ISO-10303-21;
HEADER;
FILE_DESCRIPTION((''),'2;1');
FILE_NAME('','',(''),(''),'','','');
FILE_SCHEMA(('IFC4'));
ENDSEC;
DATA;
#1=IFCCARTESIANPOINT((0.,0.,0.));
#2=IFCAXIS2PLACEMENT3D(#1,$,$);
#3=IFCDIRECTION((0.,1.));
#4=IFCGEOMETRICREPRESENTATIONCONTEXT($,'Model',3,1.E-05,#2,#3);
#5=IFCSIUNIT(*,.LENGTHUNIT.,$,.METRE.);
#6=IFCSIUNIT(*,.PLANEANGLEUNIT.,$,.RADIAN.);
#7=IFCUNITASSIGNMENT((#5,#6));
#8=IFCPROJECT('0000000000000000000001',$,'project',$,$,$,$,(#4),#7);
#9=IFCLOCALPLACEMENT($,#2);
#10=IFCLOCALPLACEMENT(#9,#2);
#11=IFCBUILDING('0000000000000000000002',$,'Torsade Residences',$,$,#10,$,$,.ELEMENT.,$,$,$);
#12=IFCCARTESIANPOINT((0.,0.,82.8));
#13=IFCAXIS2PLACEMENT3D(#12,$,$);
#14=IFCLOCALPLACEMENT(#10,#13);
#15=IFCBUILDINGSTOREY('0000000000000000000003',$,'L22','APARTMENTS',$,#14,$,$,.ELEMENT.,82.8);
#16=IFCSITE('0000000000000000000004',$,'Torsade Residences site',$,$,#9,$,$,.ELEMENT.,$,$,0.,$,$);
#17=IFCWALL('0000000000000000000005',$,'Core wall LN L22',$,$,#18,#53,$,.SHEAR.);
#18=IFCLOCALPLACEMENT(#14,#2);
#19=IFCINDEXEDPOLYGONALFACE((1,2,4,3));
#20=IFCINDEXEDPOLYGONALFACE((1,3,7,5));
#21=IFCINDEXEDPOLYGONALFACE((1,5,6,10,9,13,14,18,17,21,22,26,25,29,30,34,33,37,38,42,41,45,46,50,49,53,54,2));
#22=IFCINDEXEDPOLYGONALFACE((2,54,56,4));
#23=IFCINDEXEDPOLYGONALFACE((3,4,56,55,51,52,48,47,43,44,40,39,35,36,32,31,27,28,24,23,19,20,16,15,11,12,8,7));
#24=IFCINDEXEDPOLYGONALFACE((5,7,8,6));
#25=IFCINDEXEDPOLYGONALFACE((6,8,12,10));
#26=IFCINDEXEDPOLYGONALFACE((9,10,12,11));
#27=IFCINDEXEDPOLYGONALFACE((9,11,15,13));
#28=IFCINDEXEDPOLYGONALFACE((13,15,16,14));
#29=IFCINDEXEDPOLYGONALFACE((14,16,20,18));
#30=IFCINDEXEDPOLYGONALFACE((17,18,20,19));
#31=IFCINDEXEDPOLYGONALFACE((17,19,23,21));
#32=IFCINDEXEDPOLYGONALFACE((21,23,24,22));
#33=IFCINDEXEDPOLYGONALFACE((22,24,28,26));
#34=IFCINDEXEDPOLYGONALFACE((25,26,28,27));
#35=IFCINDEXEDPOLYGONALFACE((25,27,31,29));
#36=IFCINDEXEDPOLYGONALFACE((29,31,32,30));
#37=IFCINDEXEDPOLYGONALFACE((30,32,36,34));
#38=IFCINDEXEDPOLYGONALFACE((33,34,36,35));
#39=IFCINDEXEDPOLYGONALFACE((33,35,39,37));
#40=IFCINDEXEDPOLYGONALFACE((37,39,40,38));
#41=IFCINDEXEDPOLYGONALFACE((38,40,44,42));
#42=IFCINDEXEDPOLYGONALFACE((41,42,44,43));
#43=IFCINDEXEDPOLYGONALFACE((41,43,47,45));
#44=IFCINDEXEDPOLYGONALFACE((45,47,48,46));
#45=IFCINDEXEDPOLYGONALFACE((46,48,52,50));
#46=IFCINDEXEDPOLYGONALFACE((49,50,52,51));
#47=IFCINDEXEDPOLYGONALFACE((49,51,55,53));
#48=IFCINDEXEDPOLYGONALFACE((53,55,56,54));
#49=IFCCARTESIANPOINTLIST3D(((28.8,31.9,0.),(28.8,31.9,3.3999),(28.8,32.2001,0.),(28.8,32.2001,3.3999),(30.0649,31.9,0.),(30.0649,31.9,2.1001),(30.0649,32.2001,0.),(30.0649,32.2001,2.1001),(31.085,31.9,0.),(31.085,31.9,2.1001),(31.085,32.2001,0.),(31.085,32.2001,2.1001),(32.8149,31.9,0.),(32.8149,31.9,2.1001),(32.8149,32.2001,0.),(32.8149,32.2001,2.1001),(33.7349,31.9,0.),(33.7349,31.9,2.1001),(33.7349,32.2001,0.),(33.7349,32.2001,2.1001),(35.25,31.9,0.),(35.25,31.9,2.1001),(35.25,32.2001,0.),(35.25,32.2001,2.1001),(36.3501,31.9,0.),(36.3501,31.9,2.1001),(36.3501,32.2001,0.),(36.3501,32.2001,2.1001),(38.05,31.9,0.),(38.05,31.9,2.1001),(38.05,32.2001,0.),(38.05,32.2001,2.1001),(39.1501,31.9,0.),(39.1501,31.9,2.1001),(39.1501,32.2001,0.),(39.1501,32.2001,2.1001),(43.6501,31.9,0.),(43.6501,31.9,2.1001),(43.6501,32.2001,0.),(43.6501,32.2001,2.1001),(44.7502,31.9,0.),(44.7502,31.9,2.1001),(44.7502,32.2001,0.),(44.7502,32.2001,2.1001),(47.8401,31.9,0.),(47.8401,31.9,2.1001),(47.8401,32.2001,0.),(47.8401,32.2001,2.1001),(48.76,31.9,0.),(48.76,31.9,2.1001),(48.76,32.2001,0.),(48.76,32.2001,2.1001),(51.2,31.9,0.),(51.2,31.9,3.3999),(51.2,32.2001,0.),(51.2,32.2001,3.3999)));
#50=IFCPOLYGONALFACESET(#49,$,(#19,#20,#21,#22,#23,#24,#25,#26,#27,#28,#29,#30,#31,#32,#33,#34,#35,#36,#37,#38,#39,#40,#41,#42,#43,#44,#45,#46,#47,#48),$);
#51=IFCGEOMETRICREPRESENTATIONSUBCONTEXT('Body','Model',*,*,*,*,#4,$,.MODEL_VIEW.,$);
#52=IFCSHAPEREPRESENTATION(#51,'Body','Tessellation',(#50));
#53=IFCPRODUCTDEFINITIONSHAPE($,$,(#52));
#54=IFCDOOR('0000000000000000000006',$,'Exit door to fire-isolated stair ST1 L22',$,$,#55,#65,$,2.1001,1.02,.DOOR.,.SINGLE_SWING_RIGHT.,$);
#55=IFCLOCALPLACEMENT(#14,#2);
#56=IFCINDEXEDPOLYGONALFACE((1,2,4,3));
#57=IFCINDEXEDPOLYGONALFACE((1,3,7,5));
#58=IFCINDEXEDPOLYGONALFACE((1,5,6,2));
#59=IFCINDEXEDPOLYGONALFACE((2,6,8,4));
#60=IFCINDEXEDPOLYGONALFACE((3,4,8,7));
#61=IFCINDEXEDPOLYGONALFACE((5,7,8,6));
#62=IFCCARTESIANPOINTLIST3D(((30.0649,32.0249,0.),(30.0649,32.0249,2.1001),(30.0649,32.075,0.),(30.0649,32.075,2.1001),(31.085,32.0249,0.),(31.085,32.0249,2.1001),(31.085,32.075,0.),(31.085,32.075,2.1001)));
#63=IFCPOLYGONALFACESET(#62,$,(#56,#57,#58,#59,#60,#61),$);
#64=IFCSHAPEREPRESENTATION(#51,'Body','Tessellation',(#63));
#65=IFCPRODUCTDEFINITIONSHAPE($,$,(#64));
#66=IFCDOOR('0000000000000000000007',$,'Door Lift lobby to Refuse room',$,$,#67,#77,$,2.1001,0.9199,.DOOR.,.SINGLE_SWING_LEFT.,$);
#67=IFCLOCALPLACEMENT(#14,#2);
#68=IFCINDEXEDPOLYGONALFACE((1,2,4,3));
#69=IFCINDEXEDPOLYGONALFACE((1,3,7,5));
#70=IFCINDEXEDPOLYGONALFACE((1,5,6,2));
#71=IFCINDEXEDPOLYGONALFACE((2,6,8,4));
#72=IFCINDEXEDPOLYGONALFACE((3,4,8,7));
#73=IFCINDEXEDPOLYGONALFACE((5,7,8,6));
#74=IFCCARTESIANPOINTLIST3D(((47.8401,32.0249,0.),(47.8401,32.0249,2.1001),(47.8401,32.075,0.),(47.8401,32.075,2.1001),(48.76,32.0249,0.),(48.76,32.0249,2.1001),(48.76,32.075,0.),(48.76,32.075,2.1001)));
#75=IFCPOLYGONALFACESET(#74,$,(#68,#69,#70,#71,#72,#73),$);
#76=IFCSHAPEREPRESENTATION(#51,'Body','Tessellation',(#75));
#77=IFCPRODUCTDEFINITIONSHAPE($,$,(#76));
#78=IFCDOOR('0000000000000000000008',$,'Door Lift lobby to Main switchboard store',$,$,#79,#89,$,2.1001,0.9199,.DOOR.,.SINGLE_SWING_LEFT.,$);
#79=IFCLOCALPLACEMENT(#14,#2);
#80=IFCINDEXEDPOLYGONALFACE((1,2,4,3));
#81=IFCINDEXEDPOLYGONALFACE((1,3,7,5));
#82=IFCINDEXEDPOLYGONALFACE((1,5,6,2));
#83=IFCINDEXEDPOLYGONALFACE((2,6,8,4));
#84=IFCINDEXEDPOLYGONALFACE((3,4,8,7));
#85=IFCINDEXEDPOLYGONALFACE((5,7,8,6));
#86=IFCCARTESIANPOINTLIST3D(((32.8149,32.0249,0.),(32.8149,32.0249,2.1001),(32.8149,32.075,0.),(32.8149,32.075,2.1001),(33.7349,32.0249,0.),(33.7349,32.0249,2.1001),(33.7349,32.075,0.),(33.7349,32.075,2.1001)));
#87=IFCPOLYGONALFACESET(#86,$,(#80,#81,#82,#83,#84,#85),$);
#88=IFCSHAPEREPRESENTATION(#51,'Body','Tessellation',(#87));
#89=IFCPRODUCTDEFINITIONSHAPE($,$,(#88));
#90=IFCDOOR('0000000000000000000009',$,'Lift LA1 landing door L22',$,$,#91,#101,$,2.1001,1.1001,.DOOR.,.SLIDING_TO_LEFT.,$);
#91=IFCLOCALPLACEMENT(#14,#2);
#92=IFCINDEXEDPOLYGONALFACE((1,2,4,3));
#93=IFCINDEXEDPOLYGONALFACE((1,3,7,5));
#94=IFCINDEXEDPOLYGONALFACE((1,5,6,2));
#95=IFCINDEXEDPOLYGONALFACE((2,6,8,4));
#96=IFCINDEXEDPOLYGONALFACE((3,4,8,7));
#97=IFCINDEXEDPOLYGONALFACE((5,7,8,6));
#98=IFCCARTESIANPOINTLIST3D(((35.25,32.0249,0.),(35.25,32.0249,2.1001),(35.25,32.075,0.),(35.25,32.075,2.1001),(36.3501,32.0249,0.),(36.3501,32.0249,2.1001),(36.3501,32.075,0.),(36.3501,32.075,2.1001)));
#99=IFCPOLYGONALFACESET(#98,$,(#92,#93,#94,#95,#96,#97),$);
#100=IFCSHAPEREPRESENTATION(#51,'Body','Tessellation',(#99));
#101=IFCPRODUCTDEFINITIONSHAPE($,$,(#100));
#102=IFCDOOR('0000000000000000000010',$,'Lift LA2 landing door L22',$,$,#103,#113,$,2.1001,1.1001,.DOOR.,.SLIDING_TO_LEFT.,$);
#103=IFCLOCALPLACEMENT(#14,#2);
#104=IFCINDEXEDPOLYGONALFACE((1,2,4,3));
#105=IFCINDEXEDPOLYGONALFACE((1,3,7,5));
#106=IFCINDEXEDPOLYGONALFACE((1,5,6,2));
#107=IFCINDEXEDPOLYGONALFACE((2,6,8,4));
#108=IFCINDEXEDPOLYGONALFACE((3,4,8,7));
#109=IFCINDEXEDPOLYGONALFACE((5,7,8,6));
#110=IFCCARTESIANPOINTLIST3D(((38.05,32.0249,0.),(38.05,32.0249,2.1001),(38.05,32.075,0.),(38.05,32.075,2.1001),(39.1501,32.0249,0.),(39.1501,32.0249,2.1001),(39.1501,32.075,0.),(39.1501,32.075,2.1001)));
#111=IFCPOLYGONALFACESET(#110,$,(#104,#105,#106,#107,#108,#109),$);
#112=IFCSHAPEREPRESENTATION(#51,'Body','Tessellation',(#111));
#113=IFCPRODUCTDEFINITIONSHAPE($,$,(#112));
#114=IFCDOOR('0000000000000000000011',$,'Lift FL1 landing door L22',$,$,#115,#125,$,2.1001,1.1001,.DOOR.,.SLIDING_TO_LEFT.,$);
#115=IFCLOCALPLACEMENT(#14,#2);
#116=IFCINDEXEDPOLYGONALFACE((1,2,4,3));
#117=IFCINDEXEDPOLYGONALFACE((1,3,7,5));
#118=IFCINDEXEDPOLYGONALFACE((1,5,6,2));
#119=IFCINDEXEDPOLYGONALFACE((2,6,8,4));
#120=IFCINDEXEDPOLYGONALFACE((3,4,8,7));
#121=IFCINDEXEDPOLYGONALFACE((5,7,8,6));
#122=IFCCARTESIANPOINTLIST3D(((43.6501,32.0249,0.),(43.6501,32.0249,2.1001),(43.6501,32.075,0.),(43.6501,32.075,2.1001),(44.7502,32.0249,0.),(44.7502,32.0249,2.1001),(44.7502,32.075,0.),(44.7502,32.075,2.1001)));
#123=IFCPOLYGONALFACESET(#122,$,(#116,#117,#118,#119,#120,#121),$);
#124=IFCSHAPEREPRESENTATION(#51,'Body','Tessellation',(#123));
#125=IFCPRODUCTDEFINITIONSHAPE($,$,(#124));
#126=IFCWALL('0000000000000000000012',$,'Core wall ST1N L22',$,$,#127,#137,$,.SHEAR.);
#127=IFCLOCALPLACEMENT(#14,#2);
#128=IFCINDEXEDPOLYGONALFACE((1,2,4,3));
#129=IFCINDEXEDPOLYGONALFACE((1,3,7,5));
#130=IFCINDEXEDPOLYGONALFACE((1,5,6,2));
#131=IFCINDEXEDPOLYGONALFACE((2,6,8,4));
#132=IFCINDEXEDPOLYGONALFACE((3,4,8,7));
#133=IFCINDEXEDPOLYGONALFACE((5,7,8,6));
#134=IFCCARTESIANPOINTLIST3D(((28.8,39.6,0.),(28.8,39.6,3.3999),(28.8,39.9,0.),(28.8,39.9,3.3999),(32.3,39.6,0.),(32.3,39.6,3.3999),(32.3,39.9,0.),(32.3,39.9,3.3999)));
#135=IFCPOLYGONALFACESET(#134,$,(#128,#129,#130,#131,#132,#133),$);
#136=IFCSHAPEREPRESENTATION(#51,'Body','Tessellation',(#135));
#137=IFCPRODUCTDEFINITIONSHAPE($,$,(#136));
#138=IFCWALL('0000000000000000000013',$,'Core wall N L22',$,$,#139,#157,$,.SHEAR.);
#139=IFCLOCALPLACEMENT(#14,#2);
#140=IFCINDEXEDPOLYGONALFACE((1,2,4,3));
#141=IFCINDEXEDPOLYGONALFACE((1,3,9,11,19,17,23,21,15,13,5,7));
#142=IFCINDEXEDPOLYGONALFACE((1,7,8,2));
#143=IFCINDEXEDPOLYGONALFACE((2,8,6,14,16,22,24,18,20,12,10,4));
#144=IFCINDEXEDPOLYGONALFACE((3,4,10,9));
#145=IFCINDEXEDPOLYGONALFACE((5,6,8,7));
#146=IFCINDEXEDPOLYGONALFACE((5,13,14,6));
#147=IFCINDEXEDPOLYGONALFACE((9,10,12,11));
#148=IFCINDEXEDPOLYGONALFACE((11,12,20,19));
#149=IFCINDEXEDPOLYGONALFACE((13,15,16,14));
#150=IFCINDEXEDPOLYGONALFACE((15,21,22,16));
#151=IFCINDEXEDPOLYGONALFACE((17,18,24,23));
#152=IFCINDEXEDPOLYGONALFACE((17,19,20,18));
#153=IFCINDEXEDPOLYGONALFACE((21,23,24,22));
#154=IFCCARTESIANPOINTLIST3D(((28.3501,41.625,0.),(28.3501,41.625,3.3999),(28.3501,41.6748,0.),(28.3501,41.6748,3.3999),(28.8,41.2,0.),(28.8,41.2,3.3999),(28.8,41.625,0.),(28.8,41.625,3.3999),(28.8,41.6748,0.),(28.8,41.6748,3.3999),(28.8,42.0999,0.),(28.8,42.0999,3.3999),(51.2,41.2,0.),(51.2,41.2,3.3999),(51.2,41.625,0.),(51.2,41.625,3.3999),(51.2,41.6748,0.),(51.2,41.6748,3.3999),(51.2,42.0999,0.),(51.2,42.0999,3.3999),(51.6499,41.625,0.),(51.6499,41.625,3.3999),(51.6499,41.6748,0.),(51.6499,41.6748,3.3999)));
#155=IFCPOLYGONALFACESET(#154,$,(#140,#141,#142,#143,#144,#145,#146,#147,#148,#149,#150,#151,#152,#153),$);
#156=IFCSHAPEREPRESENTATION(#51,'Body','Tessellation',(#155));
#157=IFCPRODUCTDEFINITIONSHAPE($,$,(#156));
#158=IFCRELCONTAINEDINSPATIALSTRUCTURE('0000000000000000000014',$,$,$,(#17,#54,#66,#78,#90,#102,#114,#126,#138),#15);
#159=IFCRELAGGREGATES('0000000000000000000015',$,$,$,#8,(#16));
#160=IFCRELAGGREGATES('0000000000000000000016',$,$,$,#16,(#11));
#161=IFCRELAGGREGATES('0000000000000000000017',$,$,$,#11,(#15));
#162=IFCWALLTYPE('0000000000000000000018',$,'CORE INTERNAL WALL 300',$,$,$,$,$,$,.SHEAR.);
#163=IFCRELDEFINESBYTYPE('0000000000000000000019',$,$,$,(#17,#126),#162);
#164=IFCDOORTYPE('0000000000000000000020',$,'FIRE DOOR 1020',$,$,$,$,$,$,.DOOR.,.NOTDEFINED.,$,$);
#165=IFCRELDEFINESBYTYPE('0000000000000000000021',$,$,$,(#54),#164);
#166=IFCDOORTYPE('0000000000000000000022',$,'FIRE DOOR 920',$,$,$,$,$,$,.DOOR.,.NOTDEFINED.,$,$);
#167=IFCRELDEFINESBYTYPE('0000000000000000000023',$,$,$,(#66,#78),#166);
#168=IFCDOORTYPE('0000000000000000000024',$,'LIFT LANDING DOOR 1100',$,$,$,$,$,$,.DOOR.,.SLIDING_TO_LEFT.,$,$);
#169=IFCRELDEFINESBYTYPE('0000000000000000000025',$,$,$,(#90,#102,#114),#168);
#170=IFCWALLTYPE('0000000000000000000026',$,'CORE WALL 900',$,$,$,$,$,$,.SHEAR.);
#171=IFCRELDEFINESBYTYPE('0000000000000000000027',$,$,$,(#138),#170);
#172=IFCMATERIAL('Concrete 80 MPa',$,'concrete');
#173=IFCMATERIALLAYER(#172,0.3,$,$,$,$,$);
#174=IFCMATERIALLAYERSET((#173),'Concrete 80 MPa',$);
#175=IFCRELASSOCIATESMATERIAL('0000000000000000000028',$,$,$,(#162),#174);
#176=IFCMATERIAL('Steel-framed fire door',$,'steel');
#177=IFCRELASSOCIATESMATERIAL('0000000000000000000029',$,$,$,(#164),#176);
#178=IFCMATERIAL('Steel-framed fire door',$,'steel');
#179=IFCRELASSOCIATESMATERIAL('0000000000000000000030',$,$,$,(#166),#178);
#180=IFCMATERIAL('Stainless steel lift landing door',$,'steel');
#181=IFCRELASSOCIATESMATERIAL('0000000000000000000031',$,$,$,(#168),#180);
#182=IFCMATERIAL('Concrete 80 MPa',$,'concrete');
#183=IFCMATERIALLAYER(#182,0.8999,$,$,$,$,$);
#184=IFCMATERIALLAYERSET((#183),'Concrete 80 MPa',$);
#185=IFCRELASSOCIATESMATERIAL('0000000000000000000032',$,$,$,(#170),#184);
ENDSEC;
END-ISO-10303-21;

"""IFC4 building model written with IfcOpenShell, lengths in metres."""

from ifc_helpers import new_model, si_unit, direction, frame, frame_2d, origin, place, context, subcontext, project, spatial, polyline, rectangle, outline, extrude, material, layer, layer_set, type_object, element, fill, save


model = new_model("IFC4")

# Units and contexts
model_context = context("Model", 3, precision=1e-05, world=origin(), true_north=direction((0.0, 1.0)))
body_context = subcontext(model_context, "Body", "Model", "MODEL_VIEW")
ifc_project = project(units=[si_unit("LENGTHUNIT", "METRE"), si_unit("PLANEANGLEUNIT", "RADIAN")], contexts=[model_context])

# Site, building, storey
site_placement = place(None, origin())
site = spatial("IfcSite", under=ifc_project, at=site_placement, Name="Torsade Residences site", CompositionType="ELEMENT", RefElevation=0.0)
building_placement = place(site_placement, origin())
building = spatial("IfcBuilding", under=site, at=building_placement, Name="Torsade Residences", CompositionType="ELEMENT")
storey_placement = place(building_placement, frame((0.0, 0.0, 82.8)))
storey = spatial("IfcBuildingStorey", under=building, at=storey_placement, Name="L22", Description="APARTMENTS", CompositionType="ELEMENT", Elevation=82.8)

# Wall, openings, doors
ifc_material_1 = material(Name="Concrete 80 MPa", Category="concrete")
ifc_layer_1 = layer(ifc_material_1, 0.3)
ifc_layer_set_1 = layer_set([ifc_layer_1], Name="Concrete 80 MPa")
wall_type_1 = type_object("IfcWallType", Name="CORE INTERNAL WALL 300", PredefinedType="SHEAR", material=ifc_layer_set_1)
wall_1_placement = place(storey_placement, frame((28.8, 32.05, 0.0), z_axis=(0.0, 0.0, 1.0), x_axis=(1.0, 0.0, 0.0)))
wall_1 = element("IfcWall", 1, at=wall_1_placement, inside=storey, type_object=wall_type_1, Name="Core wall LN L22", PredefinedType="SHEAR", context=body_context, shape_type="SweptSolid", body=[
    extrude(rectangle(XDim=22.3999, YDim=0.3, at=frame_2d((11.2, 0.0))), origin(), (0.0, 0.0, 1.0), 3.3999),
])
opening_1_placement = place(wall_1_placement, frame((19.04, 0.0, 0.0)))
opening_1 = element("IfcOpeningElement", 2, at=opening_1_placement, cuts=wall_1, PredefinedType="OPENING", context=body_context, shape_type="SweptSolid", body=[
    extrude(rectangle(XDim=0.9199, YDim=2.1001, at=frame_2d((0.46, 1.05))), frame((0.0, 0.1599, 0.0), z_axis=(0.0, -1.0, 0.0), x_axis=(1.0, 0.0, 0.0)), (0.0, 0.0, 1.0), 0.3201),
])
opening_2_placement = place(wall_1_placement, frame((1.2649, 0.0, 0.0)))
opening_2 = element("IfcOpeningElement", 3, at=opening_2_placement, cuts=wall_1, PredefinedType="OPENING", context=body_context, shape_type="SweptSolid", body=[
    extrude(rectangle(XDim=1.02, YDim=2.1001, at=frame_2d((0.51, 1.05))), frame((0.0, 0.1599, 0.0), z_axis=(0.0, -1.0, 0.0), x_axis=(1.0, 0.0, 0.0)), (0.0, 0.0, 1.0), 0.3201),
])
opening_3_placement = place(wall_1_placement, frame((4.0149, 0.0, 0.0)))
opening_3 = element("IfcOpeningElement", 4, at=opening_3_placement, cuts=wall_1, PredefinedType="OPENING", context=body_context, shape_type="SweptSolid", body=[
    extrude(rectangle(XDim=0.9199, YDim=2.1001, at=frame_2d((0.46, 1.05))), frame((0.0, 0.1599, 0.0), z_axis=(0.0, -1.0, 0.0), x_axis=(1.0, 0.0, 0.0)), (0.0, 0.0, 1.0), 0.3201),
])
opening_4_placement = place(wall_1_placement, frame((6.45, 0.0, 0.0)))
opening_4 = element("IfcOpeningElement", 5, at=opening_4_placement, cuts=wall_1, PredefinedType="OPENING", context=body_context, shape_type="SweptSolid", body=[
    extrude(rectangle(XDim=1.1001, YDim=2.1001, at=frame_2d((0.55, 1.05))), frame((0.0, 0.1599, 0.0), z_axis=(0.0, -1.0, 0.0), x_axis=(1.0, 0.0, 0.0)), (0.0, 0.0, 1.0), 0.3201),
])
opening_5_placement = place(wall_1_placement, frame((9.25, 0.0, 0.0)))
opening_5 = element("IfcOpeningElement", 6, at=opening_5_placement, cuts=wall_1, PredefinedType="OPENING", context=body_context, shape_type="SweptSolid", body=[
    extrude(rectangle(XDim=1.1001, YDim=2.1001, at=frame_2d((0.55, 1.05))), frame((0.0, 0.1599, 0.0), z_axis=(0.0, -1.0, 0.0), x_axis=(1.0, 0.0, 0.0)), (0.0, 0.0, 1.0), 0.3201),
])
opening_6_placement = place(wall_1_placement, frame((14.8501, 0.0, 0.0)))
opening_6 = element("IfcOpeningElement", 7, at=opening_6_placement, cuts=wall_1, PredefinedType="OPENING", context=body_context, shape_type="SweptSolid", body=[
    extrude(rectangle(XDim=1.1001, YDim=2.1001, at=frame_2d((0.55, 1.05))), frame((0.0, 0.1599, 0.0), z_axis=(0.0, -1.0, 0.0), x_axis=(1.0, 0.0, 0.0)), (0.0, 0.0, 1.0), 0.3201),
])
ifc_material_2 = material(Name="Steel-framed fire door", Category="steel")
door_type_1 = type_object("IfcDoorType", Name="FIRE DOOR 1020", OperationType="NOTDEFINED", PredefinedType="DOOR", material=ifc_material_2)
door_1_placement = place(opening_2_placement, origin())
door_1 = element("IfcDoor", 8, at=door_1_placement, inside=storey, type_object=door_type_1, Name="Exit door to fire-isolated stair ST1 L22", OperationType="SINGLE_SWING_RIGHT", OverallHeight=2.1001, OverallWidth=1.02, PredefinedType="DOOR", context=body_context, shape_type="SweptSolid", body=[
    extrude(rectangle(XDim=1.02, YDim=2.1001, at=frame_2d((0.51, 1.05))), frame((0.0, 0.0249, 0.0), z_axis=(0.0, -1.0, 0.0), x_axis=(1.0, 0.0, 0.0)), (0.0, 0.0, 1.0), 0.05),
])
fill(opening_2, door_1)
ifc_material_3 = material(Name="Steel-framed fire door", Category="steel")
door_type_2 = type_object("IfcDoorType", Name="FIRE DOOR 920", OperationType="NOTDEFINED", PredefinedType="DOOR", material=ifc_material_3)
door_2_placement = place(opening_1_placement, origin())
door_2 = element("IfcDoor", 9, at=door_2_placement, inside=storey, type_object=door_type_2, Name="Door Lift lobby to Refuse room", OperationType="SINGLE_SWING_LEFT", OverallHeight=2.1001, OverallWidth=0.9199, PredefinedType="DOOR", context=body_context, shape_type="SweptSolid", body=[
    extrude(rectangle(XDim=0.9199, YDim=2.1001, at=frame_2d((0.46, 1.05))), frame((0.0, 0.0249, 0.0), z_axis=(0.0, -1.0, 0.0), x_axis=(1.0, 0.0, 0.0)), (0.0, 0.0, 1.0), 0.05),
])
fill(opening_1, door_2)
door_3_placement = place(opening_3_placement, origin())
door_3 = element("IfcDoor", 10, at=door_3_placement, inside=storey, type_object=door_type_2, Name="Door Lift lobby to Main switchboard store", OperationType="SINGLE_SWING_LEFT", OverallHeight=2.1001, OverallWidth=0.9199, PredefinedType="DOOR", context=body_context, shape_type="SweptSolid", body=[
    extrude(rectangle(XDim=0.9199, YDim=2.1001, at=frame_2d((0.46, 1.05))), frame((0.0, 0.0249, 0.0), z_axis=(0.0, -1.0, 0.0), x_axis=(1.0, 0.0, 0.0)), (0.0, 0.0, 1.0), 0.05),
])
fill(opening_3, door_3)
ifc_material_4 = material(Name="Stainless steel lift landing door", Category="steel")
door_type_3 = type_object("IfcDoorType", Name="LIFT LANDING DOOR 1100", OperationType="SLIDING_TO_LEFT", PredefinedType="DOOR", material=ifc_material_4)
door_4_placement = place(opening_4_placement, origin())
door_4 = element("IfcDoor", 11, at=door_4_placement, inside=storey, type_object=door_type_3, Name="Lift LA1 landing door L22", OperationType="SLIDING_TO_LEFT", OverallHeight=2.1001, OverallWidth=1.1001, PredefinedType="DOOR", context=body_context, shape_type="SweptSolid", body=[
    extrude(rectangle(XDim=1.1001, YDim=2.1001, at=frame_2d((0.55, 1.05))), frame((0.0, 0.0249, 0.0), z_axis=(0.0, -1.0, 0.0), x_axis=(1.0, 0.0, 0.0)), (0.0, 0.0, 1.0), 0.05),
])
fill(opening_4, door_4)
door_5_placement = place(opening_5_placement, origin())
door_5 = element("IfcDoor", 12, at=door_5_placement, inside=storey, type_object=door_type_3, Name="Lift LA2 landing door L22", OperationType="SLIDING_TO_LEFT", OverallHeight=2.1001, OverallWidth=1.1001, PredefinedType="DOOR", context=body_context, shape_type="SweptSolid", body=[
    extrude(rectangle(XDim=1.1001, YDim=2.1001, at=frame_2d((0.55, 1.05))), frame((0.0, 0.0249, 0.0), z_axis=(0.0, -1.0, 0.0), x_axis=(1.0, 0.0, 0.0)), (0.0, 0.0, 1.0), 0.05),
])
fill(opening_5, door_5)
door_6_placement = place(opening_6_placement, origin())
door_6 = element("IfcDoor", 13, at=door_6_placement, inside=storey, type_object=door_type_3, Name="Lift FL1 landing door L22", OperationType="SLIDING_TO_LEFT", OverallHeight=2.1001, OverallWidth=1.1001, PredefinedType="DOOR", context=body_context, shape_type="SweptSolid", body=[
    extrude(rectangle(XDim=1.1001, YDim=2.1001, at=frame_2d((0.55, 1.05))), frame((0.0, 0.0249, 0.0), z_axis=(0.0, -1.0, 0.0), x_axis=(1.0, 0.0, 0.0)), (0.0, 0.0, 1.0), 0.05),
])
fill(opening_6, door_6)

# Walls
wall_2_placement = place(storey_placement, frame((28.8, 39.75, 0.0), z_axis=(0.0, 0.0, 1.0), x_axis=(1.0, 0.0, 0.0)))
element("IfcWall", 14, at=wall_2_placement, inside=storey, type_object=wall_type_1, Name="Core wall ST1N L22", PredefinedType="SHEAR", context=body_context, shape_type="SweptSolid", body=[
    extrude(rectangle(XDim=3.5, YDim=0.3, at=frame_2d((1.75, 0.0))), origin(), (0.0, 0.0, 1.0), 3.3999),
])
ifc_material_5 = material(Name="Concrete 80 MPa", Category="concrete")
ifc_layer_2 = layer(ifc_material_5, 0.8999)
ifc_layer_set_2 = layer_set([ifc_layer_2], Name="Concrete 80 MPa")
wall_type_2 = type_object("IfcWallType", Name="CORE WALL 900", PredefinedType="SHEAR", material=ifc_layer_set_2)
wall_3_placement = place(storey_placement, frame((28.8, 41.6499, 0.0), z_axis=(0.0, 0.0, 1.0), x_axis=(1.0, 0.0, 0.0)))
element("IfcWall", 15, at=wall_3_placement, inside=storey, type_object=wall_type_2, Name="Core wall N L22", PredefinedType="SHEAR", context=body_context, shape_type="SweptSolid", body=[
    extrude(outline(polyline([(0.0, -0.45), (22.3999, -0.45), (22.3999, -0.0249), (22.8499, -0.0249), (22.8499, 0.0249), (22.3999, 0.0249), (22.3999, 0.45), (0.0, 0.45), (0.0, 0.0249), (-0.45, 0.0249), (-0.45, -0.0249), (0.0, -0.0249), (0.0, -0.45)])), origin(), (0.0, 0.0, 1.0), 3.3999),
])

save(model, "model.ifc")
